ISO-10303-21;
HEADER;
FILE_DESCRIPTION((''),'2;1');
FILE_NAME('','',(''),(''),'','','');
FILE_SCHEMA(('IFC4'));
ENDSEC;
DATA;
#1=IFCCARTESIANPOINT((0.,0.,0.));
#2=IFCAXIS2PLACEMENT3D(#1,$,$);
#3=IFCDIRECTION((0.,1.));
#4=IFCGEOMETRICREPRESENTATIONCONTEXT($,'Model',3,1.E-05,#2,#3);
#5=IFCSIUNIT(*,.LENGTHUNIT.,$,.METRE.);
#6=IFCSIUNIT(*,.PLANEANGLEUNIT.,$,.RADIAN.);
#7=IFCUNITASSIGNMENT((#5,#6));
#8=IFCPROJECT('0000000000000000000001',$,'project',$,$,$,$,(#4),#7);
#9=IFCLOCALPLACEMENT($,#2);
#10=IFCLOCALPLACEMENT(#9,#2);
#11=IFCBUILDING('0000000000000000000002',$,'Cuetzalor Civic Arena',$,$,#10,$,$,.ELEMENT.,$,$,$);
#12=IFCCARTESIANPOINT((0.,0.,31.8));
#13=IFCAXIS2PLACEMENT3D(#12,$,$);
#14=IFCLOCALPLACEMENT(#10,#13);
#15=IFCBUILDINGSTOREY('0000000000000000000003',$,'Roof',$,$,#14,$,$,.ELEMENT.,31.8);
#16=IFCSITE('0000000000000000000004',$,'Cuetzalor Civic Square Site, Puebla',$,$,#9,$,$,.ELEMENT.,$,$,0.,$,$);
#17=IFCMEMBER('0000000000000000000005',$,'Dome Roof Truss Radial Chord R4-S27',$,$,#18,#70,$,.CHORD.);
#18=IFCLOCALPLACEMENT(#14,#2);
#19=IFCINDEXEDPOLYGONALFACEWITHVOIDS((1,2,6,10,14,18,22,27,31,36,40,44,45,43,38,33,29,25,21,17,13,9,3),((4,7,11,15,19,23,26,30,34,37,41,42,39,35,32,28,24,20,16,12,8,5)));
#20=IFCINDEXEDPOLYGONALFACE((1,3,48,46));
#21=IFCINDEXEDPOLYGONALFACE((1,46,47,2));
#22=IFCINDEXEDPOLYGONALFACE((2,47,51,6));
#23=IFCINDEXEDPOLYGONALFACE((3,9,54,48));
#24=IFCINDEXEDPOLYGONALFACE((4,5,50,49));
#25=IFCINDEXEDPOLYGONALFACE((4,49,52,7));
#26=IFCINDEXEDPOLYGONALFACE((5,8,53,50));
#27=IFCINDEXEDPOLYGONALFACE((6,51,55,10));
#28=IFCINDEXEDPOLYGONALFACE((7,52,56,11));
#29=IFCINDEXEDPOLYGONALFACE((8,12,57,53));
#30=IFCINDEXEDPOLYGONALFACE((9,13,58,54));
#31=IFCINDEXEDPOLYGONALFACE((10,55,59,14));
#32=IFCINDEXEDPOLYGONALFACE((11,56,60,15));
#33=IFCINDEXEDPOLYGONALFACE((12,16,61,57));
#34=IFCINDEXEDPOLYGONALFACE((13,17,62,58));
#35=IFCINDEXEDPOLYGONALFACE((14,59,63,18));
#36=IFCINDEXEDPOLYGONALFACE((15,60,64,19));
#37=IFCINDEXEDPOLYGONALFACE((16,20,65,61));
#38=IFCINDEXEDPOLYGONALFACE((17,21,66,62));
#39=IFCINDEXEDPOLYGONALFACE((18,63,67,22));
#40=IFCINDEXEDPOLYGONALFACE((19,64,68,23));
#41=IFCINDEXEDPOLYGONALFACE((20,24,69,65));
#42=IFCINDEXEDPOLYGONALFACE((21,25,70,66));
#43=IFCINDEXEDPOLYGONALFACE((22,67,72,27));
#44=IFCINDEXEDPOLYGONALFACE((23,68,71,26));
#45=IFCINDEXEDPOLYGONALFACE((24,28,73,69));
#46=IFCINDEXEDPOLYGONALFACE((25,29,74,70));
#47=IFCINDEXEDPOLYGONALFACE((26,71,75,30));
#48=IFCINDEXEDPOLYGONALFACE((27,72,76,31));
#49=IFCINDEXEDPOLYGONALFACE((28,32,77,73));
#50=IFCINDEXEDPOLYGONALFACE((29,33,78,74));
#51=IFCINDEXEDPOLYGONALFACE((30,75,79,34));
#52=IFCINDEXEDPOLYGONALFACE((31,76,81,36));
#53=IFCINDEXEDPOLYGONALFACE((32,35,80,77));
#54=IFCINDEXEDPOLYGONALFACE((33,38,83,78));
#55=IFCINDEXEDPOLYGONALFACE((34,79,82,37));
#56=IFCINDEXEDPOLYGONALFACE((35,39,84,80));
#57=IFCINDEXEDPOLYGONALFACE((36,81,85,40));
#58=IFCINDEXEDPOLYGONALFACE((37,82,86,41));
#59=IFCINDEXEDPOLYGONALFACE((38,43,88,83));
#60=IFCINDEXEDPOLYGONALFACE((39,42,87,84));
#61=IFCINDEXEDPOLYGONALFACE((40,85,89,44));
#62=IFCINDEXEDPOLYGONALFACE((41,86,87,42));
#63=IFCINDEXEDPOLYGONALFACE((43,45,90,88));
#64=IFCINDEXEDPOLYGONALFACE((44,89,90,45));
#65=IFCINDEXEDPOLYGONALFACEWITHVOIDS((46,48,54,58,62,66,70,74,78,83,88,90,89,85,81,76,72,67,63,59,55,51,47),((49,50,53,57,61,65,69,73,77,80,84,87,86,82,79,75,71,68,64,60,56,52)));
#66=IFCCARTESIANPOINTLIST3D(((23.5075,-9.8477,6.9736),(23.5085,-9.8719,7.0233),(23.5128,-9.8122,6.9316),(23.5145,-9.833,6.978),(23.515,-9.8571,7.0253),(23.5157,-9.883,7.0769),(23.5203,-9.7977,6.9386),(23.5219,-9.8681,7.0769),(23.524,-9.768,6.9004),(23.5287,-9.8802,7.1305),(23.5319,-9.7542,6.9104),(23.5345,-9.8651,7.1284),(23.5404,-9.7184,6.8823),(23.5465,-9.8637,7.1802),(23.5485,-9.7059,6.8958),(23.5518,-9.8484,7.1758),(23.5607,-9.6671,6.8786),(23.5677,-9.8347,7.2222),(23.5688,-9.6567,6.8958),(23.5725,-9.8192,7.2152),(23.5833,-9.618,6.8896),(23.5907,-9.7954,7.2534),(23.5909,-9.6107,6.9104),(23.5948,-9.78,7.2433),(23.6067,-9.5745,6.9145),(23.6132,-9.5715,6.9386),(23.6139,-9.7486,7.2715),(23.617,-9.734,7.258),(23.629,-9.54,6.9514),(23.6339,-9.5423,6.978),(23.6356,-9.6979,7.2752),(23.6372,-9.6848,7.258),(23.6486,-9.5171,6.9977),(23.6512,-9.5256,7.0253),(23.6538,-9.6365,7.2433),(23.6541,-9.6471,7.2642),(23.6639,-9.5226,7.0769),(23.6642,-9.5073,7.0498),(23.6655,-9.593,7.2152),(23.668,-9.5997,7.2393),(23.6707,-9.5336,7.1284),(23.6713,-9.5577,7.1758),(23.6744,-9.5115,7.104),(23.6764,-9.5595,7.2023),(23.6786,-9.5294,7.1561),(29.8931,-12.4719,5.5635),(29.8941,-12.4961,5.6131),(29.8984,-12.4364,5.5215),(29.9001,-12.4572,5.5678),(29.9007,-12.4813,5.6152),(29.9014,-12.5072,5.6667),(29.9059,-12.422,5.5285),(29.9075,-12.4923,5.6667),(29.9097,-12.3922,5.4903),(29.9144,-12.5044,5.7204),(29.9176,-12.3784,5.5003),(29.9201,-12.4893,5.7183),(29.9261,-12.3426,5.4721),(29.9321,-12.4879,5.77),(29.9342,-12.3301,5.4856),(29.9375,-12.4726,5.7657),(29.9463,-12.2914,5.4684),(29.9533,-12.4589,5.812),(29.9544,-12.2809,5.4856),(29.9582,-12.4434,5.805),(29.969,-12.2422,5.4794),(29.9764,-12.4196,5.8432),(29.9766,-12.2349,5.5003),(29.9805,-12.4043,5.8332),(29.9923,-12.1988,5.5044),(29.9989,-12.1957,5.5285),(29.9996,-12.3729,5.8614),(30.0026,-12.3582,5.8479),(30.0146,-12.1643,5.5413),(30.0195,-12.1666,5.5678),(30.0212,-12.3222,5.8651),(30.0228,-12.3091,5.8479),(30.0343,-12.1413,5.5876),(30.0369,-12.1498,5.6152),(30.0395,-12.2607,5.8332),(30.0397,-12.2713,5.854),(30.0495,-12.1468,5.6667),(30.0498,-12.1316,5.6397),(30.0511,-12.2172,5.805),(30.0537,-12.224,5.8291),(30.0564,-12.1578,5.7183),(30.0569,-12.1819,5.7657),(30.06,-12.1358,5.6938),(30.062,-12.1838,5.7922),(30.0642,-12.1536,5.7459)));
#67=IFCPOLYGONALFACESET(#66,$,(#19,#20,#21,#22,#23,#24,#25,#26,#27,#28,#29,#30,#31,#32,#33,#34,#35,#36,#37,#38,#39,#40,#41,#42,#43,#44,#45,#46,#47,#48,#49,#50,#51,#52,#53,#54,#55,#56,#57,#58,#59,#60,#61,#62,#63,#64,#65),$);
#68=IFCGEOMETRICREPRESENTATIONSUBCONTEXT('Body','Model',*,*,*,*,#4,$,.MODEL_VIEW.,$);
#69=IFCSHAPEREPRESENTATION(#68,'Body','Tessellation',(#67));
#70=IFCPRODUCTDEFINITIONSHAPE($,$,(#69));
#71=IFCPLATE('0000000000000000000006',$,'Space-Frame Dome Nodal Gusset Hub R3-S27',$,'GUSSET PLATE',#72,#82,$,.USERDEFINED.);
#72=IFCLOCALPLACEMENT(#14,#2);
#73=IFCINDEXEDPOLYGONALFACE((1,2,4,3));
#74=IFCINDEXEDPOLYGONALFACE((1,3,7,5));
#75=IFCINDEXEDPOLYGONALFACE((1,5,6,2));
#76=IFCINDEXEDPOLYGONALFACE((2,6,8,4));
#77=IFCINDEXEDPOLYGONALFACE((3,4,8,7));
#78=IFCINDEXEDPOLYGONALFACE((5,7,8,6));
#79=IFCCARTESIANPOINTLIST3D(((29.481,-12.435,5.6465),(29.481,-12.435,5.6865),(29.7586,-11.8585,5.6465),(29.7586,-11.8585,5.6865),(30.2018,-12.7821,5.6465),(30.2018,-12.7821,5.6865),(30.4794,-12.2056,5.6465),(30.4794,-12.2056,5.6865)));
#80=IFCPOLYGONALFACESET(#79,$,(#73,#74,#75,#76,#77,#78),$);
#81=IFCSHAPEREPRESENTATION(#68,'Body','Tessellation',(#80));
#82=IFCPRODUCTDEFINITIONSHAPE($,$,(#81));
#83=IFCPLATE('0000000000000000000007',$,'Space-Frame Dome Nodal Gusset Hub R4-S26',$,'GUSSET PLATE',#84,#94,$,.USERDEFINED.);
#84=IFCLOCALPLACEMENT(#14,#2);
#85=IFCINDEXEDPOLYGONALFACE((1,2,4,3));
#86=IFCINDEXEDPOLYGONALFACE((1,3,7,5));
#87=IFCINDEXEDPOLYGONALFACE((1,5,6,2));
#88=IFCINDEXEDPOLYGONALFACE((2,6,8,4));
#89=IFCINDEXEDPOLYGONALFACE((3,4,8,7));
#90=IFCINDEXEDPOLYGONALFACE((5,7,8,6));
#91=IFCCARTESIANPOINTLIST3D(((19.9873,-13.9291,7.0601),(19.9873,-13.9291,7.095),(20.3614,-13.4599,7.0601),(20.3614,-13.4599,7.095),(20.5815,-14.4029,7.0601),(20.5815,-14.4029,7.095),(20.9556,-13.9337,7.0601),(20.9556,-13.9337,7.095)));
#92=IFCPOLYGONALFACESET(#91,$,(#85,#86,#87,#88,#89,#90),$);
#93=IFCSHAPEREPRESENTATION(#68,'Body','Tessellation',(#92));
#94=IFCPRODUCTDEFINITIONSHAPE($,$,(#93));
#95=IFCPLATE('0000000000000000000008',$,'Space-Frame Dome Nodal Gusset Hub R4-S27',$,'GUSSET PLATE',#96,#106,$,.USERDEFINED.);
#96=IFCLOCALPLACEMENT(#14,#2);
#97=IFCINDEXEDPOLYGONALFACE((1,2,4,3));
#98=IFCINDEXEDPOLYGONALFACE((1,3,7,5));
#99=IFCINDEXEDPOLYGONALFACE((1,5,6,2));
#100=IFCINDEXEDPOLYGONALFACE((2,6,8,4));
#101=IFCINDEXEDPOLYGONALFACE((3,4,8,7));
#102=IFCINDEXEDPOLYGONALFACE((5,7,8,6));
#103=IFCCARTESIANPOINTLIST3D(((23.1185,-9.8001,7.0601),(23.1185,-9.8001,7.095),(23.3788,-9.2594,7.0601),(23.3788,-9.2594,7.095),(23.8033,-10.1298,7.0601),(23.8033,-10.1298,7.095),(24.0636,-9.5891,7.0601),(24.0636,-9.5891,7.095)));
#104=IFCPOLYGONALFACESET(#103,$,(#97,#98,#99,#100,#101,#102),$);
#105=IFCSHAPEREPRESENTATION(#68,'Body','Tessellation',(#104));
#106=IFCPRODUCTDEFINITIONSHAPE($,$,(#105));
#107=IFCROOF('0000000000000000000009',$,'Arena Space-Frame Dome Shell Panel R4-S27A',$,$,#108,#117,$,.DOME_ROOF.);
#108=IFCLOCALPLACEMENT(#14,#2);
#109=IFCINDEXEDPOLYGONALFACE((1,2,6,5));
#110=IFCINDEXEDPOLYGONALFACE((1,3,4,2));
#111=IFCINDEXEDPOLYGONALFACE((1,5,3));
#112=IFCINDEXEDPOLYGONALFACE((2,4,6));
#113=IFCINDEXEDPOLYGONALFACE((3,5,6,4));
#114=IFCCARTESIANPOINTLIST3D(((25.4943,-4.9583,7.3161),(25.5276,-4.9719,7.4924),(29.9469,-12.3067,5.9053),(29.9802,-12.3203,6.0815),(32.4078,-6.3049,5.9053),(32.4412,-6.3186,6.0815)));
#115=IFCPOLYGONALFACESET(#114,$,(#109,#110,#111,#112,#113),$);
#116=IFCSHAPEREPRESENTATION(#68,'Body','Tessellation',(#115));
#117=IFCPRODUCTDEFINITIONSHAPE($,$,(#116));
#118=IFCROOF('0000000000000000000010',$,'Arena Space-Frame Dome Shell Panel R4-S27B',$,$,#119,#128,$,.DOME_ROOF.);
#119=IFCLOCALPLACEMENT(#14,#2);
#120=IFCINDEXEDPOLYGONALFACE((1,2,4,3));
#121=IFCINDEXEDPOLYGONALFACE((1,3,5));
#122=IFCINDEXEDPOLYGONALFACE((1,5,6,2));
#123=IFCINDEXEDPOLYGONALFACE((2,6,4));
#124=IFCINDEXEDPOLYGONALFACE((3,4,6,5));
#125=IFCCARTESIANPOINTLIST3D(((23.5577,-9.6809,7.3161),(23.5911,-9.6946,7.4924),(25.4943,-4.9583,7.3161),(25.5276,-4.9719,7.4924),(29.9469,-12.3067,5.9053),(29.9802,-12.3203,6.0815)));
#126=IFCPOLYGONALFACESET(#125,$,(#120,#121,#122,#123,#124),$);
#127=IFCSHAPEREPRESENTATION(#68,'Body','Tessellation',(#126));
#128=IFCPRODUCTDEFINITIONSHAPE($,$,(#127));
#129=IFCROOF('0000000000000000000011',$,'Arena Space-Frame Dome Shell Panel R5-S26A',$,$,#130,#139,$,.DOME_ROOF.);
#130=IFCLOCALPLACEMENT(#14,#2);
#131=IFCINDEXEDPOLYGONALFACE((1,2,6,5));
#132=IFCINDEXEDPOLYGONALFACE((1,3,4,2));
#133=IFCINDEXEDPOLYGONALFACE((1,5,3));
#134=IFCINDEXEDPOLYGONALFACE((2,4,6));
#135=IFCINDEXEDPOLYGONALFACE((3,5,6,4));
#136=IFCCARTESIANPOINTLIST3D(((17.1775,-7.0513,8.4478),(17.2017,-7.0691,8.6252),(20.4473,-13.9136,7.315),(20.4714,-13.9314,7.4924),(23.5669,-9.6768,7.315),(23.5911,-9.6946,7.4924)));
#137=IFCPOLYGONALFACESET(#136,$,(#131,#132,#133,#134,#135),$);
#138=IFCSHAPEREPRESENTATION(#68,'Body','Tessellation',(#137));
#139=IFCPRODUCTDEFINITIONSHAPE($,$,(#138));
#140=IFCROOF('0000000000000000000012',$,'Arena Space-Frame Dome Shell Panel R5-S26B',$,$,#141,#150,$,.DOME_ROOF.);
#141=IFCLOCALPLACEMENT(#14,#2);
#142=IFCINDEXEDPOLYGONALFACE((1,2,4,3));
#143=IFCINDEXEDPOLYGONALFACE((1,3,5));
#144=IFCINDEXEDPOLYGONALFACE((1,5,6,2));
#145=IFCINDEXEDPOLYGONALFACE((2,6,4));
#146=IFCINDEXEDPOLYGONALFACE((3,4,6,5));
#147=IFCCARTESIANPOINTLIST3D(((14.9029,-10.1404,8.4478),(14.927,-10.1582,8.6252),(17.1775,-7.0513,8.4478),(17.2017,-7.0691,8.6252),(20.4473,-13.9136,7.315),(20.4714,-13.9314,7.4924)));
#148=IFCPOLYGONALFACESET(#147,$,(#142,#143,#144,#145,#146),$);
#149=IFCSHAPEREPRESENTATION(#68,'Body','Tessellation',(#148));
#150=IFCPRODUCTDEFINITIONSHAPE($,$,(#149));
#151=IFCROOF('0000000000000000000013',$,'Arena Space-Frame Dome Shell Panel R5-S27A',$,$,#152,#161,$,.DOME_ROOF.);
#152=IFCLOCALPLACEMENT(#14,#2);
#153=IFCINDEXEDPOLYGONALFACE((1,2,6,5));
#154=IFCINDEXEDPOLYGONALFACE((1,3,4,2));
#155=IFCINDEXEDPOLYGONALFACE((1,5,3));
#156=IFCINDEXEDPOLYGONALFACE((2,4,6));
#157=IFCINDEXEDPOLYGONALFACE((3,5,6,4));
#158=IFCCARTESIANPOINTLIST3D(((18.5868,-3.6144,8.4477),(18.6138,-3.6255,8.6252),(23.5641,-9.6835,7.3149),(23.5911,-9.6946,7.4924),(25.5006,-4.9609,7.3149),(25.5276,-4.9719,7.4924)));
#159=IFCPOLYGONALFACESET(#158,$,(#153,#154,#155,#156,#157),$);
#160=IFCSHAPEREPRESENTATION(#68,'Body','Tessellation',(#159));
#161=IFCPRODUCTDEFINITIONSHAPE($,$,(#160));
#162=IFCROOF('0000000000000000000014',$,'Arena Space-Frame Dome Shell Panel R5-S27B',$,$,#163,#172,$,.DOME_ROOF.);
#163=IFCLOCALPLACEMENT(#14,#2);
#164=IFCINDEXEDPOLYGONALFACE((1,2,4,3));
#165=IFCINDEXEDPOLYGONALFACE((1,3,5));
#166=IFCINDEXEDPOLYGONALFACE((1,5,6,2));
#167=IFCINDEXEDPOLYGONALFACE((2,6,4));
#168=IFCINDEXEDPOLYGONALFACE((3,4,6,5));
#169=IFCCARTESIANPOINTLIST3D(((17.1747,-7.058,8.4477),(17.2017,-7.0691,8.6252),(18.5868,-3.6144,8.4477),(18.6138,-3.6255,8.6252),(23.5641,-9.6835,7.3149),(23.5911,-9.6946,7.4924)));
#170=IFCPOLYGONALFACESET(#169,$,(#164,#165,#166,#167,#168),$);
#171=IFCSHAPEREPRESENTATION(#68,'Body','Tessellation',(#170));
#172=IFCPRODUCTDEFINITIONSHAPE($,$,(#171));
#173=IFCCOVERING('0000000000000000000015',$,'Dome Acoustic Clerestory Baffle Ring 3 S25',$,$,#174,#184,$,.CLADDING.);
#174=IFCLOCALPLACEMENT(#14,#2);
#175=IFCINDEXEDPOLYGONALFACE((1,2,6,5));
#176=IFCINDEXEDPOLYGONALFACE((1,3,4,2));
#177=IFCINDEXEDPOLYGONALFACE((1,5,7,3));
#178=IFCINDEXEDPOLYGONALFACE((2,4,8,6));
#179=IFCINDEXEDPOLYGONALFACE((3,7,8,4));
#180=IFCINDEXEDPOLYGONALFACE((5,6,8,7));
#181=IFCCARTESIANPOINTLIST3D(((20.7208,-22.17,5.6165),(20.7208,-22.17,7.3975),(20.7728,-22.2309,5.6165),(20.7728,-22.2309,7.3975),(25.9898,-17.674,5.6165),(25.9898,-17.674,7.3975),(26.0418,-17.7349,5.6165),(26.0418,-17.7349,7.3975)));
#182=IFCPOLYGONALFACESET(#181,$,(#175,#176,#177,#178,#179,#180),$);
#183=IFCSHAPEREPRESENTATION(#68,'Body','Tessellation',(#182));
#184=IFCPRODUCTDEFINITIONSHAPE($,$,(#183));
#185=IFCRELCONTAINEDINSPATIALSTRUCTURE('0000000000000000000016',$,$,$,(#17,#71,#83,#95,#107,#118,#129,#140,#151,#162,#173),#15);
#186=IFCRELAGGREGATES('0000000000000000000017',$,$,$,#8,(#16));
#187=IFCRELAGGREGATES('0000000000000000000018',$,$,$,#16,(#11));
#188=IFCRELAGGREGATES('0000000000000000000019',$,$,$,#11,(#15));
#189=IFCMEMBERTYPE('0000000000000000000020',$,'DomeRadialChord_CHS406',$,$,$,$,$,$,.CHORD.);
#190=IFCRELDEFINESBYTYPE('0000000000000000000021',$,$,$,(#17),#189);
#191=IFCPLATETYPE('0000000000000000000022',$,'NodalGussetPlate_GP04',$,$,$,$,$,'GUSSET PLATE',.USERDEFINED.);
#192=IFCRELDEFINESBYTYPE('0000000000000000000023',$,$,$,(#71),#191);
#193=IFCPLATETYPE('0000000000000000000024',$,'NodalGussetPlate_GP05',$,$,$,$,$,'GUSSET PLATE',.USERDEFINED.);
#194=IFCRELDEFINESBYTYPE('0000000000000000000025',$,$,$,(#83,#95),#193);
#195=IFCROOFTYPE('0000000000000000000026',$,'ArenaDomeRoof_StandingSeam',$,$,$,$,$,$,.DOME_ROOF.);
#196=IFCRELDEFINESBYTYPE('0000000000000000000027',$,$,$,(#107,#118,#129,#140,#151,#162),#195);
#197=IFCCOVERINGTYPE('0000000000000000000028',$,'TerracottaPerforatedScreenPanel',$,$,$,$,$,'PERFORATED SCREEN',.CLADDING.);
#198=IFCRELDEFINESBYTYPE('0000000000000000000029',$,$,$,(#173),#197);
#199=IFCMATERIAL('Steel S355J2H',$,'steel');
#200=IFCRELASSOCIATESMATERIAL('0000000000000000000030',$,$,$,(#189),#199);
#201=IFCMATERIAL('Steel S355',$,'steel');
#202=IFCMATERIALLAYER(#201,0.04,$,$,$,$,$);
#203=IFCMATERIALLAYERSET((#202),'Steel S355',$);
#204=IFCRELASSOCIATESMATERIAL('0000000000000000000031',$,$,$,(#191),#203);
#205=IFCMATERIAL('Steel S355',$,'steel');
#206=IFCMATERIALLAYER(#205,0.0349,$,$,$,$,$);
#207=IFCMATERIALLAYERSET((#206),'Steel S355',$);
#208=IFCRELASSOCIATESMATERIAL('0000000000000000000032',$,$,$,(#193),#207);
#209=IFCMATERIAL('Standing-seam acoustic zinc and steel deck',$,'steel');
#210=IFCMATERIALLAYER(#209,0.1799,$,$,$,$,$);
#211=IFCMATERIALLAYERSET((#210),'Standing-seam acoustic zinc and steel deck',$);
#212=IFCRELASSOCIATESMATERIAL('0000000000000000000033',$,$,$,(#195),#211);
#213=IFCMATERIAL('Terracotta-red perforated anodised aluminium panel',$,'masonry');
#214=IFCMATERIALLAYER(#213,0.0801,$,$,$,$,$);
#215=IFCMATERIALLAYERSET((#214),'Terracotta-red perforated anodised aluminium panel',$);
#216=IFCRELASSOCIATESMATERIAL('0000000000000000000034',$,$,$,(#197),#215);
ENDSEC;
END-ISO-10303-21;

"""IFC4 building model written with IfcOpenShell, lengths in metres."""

from ifc_helpers import new_model, si_unit, direction, frame, frame_2d, origin, origin_2d, place, context, subcontext, project, spatial, polyline, rectangle, hollow_circle, outline, extrude, material, layer, layer_set, material_profile, profile_set, type_object, element, save


model = new_model("IFC4")

# Units and contexts
model_context = context("Model", 3, precision=1e-05, world=origin(), true_north=direction((0.0, 1.0)))
body_context = subcontext(model_context, "Body", "Model", "MODEL_VIEW")
ifc_project = project(units=[si_unit("LENGTHUNIT", "METRE"), si_unit("PLANEANGLEUNIT", "RADIAN")], contexts=[model_context])

# Site, building, storey
site_placement = place(None, origin())
site = spatial("IfcSite", under=ifc_project, at=site_placement, Name="Cuetzalor Civic Square Site, Puebla", CompositionType="ELEMENT", RefElevation=0.0)
building_placement = place(site_placement, origin())
building = spatial("IfcBuilding", under=site, at=building_placement, Name="Cuetzalor Civic Arena", CompositionType="ELEMENT")
storey_placement = place(building_placement, frame((0.0, 0.0, 31.8)))
storey = spatial("IfcBuildingStorey", under=building, at=storey_placement, Name="Roof", CompositionType="ELEMENT", Elevation=31.8)

# Member
ifc_material_1 = material(Name="Steel S355J2H", Category="steel")
ifc_material_profile_1 = material_profile(ifc_material_1, hollow_circle(Radius=0.2029, WallThickness=0.0161, at=origin_2d()), Name="CHS 406x16")
ifc_profile_set_1 = profile_set([ifc_material_profile_1], Name="Steel S355J2H")
member_type_1 = type_object("IfcMemberType", Name="DomeRadialChord_CHS406", PredefinedType="CHORD", material=ifc_profile_set_1)
member_1_placement = place(storey_placement, frame((29.9785, -12.3196, 5.6667), z_axis=(-0.90623, 0.372422, 0.200122), x_axis=(-0.380111, -0.924941, 0.0)))
element("IfcMember", 1, at=member_1_placement, inside=storey, type_object=member_type_1, Name="Dome Roof Truss Radial Chord R4-S27", PredefinedType="CHORD", context=body_context, shape_type="SweptSolid", body=[
    extrude(hollow_circle(Radius=0.2029, WallThickness=0.0161, at=origin_2d()), origin(), (0.0, 0.0, 1.0), 7.0464),
])

# Plates
ifc_material_2 = material(Name="Steel S355", Category="steel")
ifc_layer_1 = layer(ifc_material_2, 0.04)
ifc_layer_set_1 = layer_set([ifc_layer_1], Name="Steel S355")
plate_type_1 = type_object("IfcPlateType", Name="NodalGussetPlate_GP04", ElementType="GUSSET PLATE", PredefinedType="USERDEFINED", material=ifc_layer_set_1)
plate_placement = place(storey_placement, frame((29.9802, -12.3203, 5.6465), z_axis=(0.0, 0.0, 1.0), x_axis=(0.901001, -0.433816, 0.0)))
element("IfcPlate", 2, at=plate_placement, inside=storey, type_object=plate_type_1, Name="Space-Frame Dome Nodal Gusset Hub R3-S27", ObjectType="GUSSET PLATE", PredefinedType="USERDEFINED", context=body_context, shape_type="SweptSolid", body=[
    extrude(rectangle(XDim=0.8, YDim=0.6399, at=origin_2d()), origin(), (0.0, 0.0, 1.0), 0.04),
])
ifc_material_3 = material(Name="Steel S355", Category="steel")
ifc_layer_2 = layer(ifc_material_3, 0.0349)
ifc_layer_set_2 = layer_set([ifc_layer_2], Name="Steel S355")
plate_type_2 = type_object("IfcPlateType", Name="NodalGussetPlate_GP05", ElementType="GUSSET PLATE", PredefinedType="USERDEFINED", material=ifc_layer_set_2)
for number, where, z_axis, x_axis, name in (
    (3, (20.4714, -13.9314, 7.0601), (0.0, 0.0, 1.0), (0.781847, -0.62347, 0.0), "Space-Frame Dome Nodal Gusset Hub R4-S26"),
    (4, (23.5911, -9.6946, 7.0601), (0.0, 0.0, 1.0), (0.901001, -0.433816, 0.0), "Space-Frame Dome Nodal Gusset Hub R4-S27"),
):
    element("IfcPlate", number, at=place(storey_placement, frame(where, z_axis=z_axis, x_axis=x_axis)), inside=storey, type_object=plate_type_2, Name=name, ObjectType="GUSSET PLATE", PredefinedType="USERDEFINED", context=body_context, shape_type="SweptSolid", body=[
        extrude(rectangle(XDim=0.76, YDim=0.6001, at=origin_2d()), origin(), (0.0, 0.0, 1.0), 0.0349),
    ])

# Roofs
ifc_material_4 = material(Name="Standing-seam acoustic zinc and steel deck", Category="steel")
ifc_layer_3 = layer(ifc_material_4, 0.1799)
ifc_layer_set_3 = layer_set([ifc_layer_3], Name="Standing-seam acoustic zinc and steel deck")
roof_type = type_object("IfcRoofType", Name="ArenaDomeRoof_StandingSeam", PredefinedType="DOME_ROOF", material=ifc_layer_set_3)
roof_1_placement = place(storey_placement, frame((29.9802, -12.3203, 6.0815), z_axis=(0.185158, -0.075922, 0.979772), x_axis=(0.379385, 0.925239, 0.0)))
element("IfcRoof", 5, at=roof_1_placement, inside=storey, type_object=roof_type, Name="Arena Space-Frame Dome Shell Panel R4-S27A", PredefinedType="DOME_ROOF", context=body_context, shape_type="SweptSolid", body=[
    extrude(outline(polyline([(0.0, 0.0), (6.4867, 0.0), (5.1098, 7.0502), (0.0, 0.0)])), origin(), (0.0, 0.0, -1.0), 0.1799),
])
roof_2_placement = place(storey_placement, frame((29.9802, -12.3203, 6.0815), z_axis=(0.185156, -0.075923, 0.979772), x_axis=(-0.511374, 0.843944, 0.162037)))
element("IfcRoof", 6, at=roof_2_placement, inside=storey, type_object=roof_type, Name="Arena Space-Frame Dome Shell Panel R4-S27B", PredefinedType="DOME_ROOF", context=body_context, shape_type="SweptSolid", body=[
    extrude(outline(polyline([(0.0, 0.0), (8.7072, 0.0), (5.7118, 4.133), (0.0, 0.0)])), origin(), (0.0, 0.0, -1.0), 0.1799),
])
roof_3_placement = place(storey_placement, frame((20.4714, -13.9314, 7.4924), z_axis=(0.134209, -0.09882, 0.986013), x_axis=(0.592924, 0.805259, 0.0)))
element("IfcRoof", 7, at=roof_3_placement, inside=storey, type_object=roof_type, Name="Arena Space-Frame Dome Shell Panel R5-S26A", PredefinedType="DOME_ROOF", context=body_context, shape_type="SweptSolid", body=[
    extrude(outline(polyline([(0.0, 0.0), (5.2614, 0.0), (3.5872, 6.7969), (0.0, 0.0)])), origin(), (0.0, 0.0, -1.0), 0.1799),
])
roof_4_placement = place(storey_placement, frame((20.4714, -13.9314, 7.4924), z_axis=(0.134206, -0.098822, 0.986014), x_axis=(-0.425451, 0.892897, 0.147397)))
element("IfcRoof", 8, at=roof_4_placement, inside=storey, type_object=roof_type, Name="Arena Space-Frame Dome Shell Panel R5-S26B", PredefinedType="DOME_ROOF", context=body_context, shape_type="SweptSolid", body=[
    extrude(outline(polyline([(0.0, 0.0), (7.6854, 0.0), (5.8949, 3.3928), (0.0, 0.0)])), origin(), (0.0, 0.0, -1.0), 0.1799),
])
roof_5_placement = place(storey_placement, frame((23.5911, -9.6946, 7.4924), z_axis=(0.149731, -0.061397, 0.986819), x_axis=(0.379393, 0.925236, 0.0)))
element("IfcRoof", 9, at=roof_5_placement, inside=storey, type_object=roof_type, Name="Arena Space-Frame Dome Shell Panel R5-S27A", PredefinedType="DOME_ROOF", context=body_context, shape_type="SweptSolid", body=[
    extrude(outline(polyline([(0.0, 0.0), (5.1043, 0.0), (3.727, 7.0), (0.0, 0.0)])), origin(), (0.0, 0.0, -1.0), 0.1799),
])
roof_6_placement = place(storey_placement, frame((23.5911, -9.6946, 7.4924), z_axis=(0.149729, -0.061399, 0.986819), x_axis=(-0.627625, 0.765298, 0.142845)))
element("IfcRoof", 10, at=roof_6_placement, inside=storey, type_object=roof_type, Name="Arena Space-Frame Dome Shell Panel R5-S27B", PredefinedType="DOME_ROOF", context=body_context, shape_type="SweptSolid", body=[
    extrude(outline(polyline([(0.0, 0.0), (7.9304, 0.0), (6.1813, 3.2853), (0.0, 0.0)])), origin(), (0.0, 0.0, -1.0), 0.1799),
])

# Covering
ifc_material_5 = material(Name="Terracotta-red perforated anodised aluminium panel", Category="masonry")
ifc_layer_4 = layer(ifc_material_5, 0.0801)
ifc_layer_set_4 = layer_set([ifc_layer_4], Name="Terracotta-red perforated anodised aluminium panel")
covering_type = type_object("IfcCoveringType", Name="TerracottaPerforatedScreenPanel", ElementType="PERFORATED SCREEN", PredefinedType="CLADDING", material=ifc_layer_set_4)
covering_1_placement = place(storey_placement, frame((26.0159, -17.7043, 5.6165), z_axis=(0.0, 0.0, 1.0), x_axis=(-0.760698, -0.649106, 0.0)))
element("IfcCovering", 11, at=covering_1_placement, inside=storey, type_object=covering_type, Name="Dome Acoustic Clerestory Baffle Ring 3 S25", PredefinedType="CLADDING", context=body_context, shape_type="SweptSolid", body=[
    extrude(rectangle(XDim=6.9265, YDim=0.0801, at=frame_2d((3.4634, 0.0))), origin(), (0.0, 0.0, 1.0), 1.781),
])

save(model, "model.ifc")
